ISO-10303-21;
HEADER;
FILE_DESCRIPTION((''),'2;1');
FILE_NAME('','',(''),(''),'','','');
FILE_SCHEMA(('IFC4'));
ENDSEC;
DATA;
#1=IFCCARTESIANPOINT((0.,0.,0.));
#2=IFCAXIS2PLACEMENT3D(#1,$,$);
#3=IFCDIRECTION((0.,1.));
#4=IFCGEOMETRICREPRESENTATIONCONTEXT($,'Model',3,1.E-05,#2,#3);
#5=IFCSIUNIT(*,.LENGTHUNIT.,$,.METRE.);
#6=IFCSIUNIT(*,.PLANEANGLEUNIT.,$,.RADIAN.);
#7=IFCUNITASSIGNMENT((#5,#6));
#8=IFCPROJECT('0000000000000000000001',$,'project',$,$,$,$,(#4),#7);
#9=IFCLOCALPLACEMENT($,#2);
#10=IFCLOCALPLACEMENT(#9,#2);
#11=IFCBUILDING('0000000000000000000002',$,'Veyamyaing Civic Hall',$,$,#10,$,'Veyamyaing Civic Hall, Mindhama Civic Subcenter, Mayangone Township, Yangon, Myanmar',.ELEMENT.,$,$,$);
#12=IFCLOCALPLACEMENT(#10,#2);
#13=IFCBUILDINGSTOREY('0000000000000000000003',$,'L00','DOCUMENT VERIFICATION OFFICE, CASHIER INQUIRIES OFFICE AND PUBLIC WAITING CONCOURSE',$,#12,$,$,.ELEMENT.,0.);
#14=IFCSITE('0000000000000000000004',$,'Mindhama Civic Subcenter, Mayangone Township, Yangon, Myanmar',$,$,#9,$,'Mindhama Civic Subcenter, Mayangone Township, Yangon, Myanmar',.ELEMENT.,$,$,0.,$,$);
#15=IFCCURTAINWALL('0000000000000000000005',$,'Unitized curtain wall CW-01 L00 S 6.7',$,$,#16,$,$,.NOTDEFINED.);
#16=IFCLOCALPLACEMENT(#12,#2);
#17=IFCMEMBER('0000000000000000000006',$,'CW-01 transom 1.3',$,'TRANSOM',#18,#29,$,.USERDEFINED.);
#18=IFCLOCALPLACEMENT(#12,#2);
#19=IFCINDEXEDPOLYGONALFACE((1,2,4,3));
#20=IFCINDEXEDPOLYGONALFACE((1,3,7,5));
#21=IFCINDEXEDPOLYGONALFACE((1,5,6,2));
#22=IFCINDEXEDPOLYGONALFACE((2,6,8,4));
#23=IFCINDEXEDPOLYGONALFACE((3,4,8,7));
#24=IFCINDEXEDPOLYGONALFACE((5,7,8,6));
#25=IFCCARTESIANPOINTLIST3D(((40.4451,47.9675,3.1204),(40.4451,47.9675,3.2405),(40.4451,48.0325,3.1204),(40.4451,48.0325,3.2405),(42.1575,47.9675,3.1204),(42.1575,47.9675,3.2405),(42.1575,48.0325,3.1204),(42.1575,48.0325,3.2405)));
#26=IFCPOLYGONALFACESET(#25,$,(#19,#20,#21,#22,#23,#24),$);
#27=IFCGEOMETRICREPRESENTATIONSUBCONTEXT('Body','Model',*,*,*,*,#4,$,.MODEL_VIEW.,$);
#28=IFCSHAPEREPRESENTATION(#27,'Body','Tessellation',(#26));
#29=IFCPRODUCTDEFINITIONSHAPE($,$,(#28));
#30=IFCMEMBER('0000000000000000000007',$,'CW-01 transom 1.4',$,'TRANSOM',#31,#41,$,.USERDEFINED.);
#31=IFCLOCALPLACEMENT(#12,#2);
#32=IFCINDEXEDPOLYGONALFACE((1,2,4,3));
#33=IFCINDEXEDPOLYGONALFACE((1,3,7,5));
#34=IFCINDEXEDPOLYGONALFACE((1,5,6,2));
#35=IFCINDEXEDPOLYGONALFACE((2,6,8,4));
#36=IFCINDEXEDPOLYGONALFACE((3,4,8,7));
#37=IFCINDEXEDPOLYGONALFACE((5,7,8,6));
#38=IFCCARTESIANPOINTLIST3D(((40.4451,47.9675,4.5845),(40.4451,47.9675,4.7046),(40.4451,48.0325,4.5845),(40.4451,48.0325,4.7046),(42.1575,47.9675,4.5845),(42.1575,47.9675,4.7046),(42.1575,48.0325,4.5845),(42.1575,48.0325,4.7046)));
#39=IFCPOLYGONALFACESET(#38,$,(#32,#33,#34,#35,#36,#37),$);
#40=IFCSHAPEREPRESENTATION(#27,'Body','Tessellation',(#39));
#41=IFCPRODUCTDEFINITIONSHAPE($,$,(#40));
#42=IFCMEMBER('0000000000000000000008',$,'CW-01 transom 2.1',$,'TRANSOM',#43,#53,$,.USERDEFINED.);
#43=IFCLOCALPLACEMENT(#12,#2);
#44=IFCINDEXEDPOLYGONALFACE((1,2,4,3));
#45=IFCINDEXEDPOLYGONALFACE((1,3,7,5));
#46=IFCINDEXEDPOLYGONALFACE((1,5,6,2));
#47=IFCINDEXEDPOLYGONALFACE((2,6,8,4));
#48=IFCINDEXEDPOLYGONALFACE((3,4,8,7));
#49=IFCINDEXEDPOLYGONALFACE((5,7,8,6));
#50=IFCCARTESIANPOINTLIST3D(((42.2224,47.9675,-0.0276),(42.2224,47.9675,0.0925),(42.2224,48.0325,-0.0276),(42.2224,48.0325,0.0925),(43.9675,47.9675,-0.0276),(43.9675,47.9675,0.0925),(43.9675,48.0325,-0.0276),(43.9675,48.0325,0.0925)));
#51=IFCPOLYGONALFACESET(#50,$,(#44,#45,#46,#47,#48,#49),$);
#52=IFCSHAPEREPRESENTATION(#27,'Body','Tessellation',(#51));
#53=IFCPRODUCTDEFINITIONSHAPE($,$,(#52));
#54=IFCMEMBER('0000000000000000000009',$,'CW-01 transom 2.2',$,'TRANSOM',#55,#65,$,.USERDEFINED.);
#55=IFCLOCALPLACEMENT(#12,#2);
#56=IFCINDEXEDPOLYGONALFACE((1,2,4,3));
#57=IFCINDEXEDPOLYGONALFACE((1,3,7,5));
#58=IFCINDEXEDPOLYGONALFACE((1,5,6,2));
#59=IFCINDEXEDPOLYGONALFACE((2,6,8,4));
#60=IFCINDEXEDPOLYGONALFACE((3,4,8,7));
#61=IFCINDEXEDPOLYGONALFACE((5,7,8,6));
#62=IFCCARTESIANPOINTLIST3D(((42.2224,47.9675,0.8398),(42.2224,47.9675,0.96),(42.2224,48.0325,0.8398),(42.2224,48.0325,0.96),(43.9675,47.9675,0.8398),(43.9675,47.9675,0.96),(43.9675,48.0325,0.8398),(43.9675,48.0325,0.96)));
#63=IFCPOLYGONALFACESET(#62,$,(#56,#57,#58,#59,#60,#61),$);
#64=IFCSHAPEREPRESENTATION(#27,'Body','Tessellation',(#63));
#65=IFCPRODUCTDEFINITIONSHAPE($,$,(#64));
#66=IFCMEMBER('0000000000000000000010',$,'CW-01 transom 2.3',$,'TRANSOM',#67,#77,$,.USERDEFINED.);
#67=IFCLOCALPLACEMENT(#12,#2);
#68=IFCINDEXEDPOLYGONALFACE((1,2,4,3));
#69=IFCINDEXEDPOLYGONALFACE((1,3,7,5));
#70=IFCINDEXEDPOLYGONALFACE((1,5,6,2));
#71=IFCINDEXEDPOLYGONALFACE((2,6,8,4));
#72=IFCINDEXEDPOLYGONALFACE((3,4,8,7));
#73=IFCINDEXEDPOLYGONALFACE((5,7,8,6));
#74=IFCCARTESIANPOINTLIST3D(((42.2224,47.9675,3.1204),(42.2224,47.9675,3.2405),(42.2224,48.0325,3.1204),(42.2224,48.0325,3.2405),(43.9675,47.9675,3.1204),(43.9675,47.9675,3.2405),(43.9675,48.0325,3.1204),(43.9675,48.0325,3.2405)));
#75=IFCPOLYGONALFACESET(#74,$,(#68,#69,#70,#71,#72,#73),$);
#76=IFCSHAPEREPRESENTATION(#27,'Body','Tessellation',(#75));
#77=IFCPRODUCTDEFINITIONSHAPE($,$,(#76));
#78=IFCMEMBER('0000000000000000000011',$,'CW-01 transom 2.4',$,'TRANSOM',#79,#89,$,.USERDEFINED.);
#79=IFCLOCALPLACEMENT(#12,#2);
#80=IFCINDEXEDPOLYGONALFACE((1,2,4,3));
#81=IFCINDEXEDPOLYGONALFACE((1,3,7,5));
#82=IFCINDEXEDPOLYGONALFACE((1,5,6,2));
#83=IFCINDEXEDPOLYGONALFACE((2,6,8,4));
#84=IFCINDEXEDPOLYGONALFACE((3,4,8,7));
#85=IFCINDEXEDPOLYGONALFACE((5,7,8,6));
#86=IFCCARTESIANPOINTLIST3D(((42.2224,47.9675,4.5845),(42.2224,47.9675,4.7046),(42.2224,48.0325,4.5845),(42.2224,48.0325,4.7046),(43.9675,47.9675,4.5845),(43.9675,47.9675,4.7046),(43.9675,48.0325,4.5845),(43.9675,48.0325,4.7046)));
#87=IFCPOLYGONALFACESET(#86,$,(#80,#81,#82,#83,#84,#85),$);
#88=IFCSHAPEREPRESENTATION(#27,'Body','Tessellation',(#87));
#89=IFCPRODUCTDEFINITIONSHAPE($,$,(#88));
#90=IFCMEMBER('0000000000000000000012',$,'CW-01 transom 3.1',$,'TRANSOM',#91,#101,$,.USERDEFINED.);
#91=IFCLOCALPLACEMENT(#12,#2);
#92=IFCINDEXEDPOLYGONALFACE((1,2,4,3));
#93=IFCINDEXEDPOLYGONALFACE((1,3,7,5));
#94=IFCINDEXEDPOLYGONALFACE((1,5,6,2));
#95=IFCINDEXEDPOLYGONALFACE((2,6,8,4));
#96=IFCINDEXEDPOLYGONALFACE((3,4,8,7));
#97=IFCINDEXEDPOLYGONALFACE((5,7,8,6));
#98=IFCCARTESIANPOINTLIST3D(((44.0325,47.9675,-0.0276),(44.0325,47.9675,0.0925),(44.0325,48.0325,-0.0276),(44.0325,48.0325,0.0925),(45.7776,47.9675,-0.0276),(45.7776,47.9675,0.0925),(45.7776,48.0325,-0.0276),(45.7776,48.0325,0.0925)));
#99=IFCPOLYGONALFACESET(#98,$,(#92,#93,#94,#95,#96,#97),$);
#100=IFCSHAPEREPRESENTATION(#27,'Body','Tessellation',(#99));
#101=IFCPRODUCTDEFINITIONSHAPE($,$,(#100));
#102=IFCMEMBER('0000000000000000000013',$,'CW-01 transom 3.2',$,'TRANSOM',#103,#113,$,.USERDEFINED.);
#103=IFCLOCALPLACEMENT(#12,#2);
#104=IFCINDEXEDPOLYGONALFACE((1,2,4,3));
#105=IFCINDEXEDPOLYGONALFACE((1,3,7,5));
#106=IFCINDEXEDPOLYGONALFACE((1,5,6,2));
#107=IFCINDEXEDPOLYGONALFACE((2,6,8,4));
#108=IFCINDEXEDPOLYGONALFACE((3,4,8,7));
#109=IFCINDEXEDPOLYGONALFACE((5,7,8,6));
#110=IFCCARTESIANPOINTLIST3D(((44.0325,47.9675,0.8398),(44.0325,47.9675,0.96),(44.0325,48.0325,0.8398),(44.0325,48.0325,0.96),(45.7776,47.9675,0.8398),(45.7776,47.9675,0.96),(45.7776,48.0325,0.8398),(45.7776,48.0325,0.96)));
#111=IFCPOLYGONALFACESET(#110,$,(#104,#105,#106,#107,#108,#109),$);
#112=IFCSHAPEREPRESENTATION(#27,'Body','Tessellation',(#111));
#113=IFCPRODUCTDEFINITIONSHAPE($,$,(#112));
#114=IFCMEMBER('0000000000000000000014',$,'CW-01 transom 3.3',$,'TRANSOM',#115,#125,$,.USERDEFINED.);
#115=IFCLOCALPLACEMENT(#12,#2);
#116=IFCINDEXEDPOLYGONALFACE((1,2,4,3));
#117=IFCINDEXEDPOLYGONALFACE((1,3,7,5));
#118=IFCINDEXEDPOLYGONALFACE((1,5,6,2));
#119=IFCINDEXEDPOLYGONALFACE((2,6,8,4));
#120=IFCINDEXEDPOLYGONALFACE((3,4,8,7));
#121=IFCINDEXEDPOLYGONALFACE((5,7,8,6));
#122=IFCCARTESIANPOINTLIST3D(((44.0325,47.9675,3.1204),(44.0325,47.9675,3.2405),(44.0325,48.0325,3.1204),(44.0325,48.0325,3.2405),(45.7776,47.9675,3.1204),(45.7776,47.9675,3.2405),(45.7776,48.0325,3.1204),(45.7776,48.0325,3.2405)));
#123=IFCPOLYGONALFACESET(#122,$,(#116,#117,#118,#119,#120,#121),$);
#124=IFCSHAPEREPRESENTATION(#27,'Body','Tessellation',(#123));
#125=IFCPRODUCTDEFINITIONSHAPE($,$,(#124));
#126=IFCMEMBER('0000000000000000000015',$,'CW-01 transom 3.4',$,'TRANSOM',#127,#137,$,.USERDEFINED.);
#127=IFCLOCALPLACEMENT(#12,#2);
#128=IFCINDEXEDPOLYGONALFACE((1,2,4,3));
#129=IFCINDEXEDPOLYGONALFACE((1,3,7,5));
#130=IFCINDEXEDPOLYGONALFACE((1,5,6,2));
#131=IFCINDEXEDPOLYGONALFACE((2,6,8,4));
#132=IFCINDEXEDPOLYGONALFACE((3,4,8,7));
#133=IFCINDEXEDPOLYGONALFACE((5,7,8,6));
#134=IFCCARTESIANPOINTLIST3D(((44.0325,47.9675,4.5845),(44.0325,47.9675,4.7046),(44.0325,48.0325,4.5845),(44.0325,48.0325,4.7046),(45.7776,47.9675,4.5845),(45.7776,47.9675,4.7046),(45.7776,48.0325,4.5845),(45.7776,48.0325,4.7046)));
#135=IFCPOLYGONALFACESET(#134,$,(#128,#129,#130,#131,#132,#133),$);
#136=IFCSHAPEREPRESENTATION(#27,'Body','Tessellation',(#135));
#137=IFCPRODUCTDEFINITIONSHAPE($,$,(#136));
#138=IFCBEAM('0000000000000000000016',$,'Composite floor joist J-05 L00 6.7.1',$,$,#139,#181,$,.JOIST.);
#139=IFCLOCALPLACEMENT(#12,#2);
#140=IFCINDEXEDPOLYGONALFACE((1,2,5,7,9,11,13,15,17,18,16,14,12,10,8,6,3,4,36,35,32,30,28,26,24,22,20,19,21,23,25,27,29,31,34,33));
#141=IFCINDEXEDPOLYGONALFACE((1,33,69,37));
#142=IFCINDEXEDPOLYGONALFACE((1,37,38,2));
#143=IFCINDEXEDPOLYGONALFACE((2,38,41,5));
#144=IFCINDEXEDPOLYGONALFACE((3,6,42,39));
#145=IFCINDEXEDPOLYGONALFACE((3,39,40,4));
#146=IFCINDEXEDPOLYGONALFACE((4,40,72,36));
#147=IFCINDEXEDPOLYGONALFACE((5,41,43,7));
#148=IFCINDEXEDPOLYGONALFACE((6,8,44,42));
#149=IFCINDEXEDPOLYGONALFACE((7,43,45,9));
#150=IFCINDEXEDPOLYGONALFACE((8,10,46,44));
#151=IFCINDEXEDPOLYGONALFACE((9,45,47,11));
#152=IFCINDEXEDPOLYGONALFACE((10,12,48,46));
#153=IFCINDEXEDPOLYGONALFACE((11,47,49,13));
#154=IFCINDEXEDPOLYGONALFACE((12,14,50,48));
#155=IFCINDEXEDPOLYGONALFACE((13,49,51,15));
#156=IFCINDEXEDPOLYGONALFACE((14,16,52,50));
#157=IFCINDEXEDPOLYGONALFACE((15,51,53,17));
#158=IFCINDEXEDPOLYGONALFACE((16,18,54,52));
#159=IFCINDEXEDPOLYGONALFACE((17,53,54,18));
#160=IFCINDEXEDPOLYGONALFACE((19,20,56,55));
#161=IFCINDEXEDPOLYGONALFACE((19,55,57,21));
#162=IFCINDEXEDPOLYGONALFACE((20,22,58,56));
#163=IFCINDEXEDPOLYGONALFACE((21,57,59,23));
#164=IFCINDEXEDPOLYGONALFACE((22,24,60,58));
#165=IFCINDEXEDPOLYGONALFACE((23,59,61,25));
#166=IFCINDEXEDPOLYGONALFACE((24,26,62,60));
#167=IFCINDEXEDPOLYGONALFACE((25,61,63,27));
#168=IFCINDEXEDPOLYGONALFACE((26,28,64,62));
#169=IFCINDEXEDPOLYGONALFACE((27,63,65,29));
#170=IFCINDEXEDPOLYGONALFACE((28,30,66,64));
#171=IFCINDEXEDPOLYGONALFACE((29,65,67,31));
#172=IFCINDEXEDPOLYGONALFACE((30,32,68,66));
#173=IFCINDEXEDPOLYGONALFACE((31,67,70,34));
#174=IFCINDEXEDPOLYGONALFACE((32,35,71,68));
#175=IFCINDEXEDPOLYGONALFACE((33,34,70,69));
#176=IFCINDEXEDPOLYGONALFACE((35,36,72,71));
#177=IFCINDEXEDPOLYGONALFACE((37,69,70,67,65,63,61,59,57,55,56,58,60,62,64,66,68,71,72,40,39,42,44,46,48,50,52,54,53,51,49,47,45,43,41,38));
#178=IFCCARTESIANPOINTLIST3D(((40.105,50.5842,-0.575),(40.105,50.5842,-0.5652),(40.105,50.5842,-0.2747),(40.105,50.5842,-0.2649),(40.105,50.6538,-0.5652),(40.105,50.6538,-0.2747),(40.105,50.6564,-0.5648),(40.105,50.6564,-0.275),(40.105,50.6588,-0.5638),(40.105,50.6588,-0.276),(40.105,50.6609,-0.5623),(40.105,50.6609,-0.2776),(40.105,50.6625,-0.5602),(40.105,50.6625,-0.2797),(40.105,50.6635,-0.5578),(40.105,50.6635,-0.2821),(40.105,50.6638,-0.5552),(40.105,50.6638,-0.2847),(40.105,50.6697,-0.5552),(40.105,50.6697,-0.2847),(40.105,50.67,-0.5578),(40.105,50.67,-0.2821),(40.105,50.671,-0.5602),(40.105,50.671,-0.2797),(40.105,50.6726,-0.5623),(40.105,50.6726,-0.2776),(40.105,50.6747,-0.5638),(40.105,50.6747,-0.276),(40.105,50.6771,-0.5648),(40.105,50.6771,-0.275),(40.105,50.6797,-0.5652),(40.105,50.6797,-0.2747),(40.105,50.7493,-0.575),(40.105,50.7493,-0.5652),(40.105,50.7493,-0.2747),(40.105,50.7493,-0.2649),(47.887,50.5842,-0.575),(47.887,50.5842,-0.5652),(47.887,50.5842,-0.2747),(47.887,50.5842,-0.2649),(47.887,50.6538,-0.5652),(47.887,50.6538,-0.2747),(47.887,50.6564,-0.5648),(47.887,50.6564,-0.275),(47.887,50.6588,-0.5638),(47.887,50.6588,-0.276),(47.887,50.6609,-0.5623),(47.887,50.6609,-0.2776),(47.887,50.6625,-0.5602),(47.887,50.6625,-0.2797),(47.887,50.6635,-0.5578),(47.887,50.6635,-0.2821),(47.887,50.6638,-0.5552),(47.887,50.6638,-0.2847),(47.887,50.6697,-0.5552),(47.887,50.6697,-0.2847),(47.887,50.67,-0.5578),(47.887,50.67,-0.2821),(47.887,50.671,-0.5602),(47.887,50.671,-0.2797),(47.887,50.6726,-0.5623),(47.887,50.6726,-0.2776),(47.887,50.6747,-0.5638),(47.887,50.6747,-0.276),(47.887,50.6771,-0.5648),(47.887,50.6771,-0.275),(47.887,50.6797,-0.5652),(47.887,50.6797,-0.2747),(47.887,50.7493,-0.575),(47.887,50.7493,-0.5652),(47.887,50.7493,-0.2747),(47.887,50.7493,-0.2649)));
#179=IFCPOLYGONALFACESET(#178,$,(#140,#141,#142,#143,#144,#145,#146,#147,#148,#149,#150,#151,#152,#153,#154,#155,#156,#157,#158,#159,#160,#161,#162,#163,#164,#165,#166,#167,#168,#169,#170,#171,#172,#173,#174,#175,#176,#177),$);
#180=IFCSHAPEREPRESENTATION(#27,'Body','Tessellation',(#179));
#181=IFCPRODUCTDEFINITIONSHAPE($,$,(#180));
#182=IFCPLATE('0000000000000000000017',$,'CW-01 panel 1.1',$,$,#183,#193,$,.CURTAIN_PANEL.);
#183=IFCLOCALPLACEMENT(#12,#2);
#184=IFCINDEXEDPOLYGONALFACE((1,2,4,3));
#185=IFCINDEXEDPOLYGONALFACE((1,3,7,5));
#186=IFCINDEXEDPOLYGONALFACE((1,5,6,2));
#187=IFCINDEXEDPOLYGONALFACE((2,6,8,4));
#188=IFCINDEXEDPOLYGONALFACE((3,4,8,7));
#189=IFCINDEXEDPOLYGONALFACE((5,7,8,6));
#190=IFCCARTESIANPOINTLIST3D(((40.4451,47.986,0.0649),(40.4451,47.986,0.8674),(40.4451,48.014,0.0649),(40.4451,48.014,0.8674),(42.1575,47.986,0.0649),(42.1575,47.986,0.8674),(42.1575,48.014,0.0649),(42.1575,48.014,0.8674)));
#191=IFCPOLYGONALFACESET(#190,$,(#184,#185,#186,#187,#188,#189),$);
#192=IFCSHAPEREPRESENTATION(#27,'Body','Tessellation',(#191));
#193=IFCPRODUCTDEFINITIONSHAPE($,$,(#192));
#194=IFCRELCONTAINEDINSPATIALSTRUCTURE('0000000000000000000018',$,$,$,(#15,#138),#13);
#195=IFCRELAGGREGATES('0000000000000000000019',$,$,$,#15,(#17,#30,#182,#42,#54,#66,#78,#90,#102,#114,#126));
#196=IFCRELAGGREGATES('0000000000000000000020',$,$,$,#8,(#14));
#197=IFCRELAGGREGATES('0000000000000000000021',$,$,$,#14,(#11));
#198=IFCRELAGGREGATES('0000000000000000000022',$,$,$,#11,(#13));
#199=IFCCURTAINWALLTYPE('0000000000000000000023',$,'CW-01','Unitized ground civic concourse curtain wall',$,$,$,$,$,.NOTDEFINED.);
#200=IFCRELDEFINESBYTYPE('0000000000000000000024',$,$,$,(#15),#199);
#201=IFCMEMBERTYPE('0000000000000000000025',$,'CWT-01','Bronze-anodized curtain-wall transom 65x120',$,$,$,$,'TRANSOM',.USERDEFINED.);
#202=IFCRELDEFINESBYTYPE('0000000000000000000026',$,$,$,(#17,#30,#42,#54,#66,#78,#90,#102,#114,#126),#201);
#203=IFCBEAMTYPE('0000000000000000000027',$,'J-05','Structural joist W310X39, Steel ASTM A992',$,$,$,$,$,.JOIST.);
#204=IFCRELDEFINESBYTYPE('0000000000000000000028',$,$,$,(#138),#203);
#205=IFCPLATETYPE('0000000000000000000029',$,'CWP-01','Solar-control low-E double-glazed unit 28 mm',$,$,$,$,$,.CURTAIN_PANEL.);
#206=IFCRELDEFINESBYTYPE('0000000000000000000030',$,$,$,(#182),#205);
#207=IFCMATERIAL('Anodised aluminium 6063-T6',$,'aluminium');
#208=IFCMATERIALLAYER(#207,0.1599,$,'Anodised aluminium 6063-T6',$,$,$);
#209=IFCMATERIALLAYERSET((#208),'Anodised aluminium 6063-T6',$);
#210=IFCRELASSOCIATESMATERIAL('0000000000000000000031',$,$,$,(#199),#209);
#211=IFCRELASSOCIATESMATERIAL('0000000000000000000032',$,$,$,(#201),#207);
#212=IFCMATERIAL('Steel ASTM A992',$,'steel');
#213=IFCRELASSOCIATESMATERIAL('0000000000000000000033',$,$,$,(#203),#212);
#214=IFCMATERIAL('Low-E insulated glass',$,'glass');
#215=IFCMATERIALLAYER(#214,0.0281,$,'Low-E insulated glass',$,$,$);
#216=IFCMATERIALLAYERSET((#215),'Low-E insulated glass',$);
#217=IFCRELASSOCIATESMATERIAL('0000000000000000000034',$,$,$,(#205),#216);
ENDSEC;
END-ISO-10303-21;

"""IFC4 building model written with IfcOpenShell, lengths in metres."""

from ifc_helpers import new_model, si_unit, direction, frame, origin, origin_2d, place, context, subcontext, project, spatial, rectangle, i_section, extrude, material, layer, layer_set, material_profile, profile_set, type_object, element, aggregate, save


model = new_model("IFC4")

# Units and contexts
model_context = context("Model", 3, precision=1e-05, world=origin(), true_north=direction((0.0, 1.0)))
body_context = subcontext(model_context, "Body", "Model", "MODEL_VIEW")
ifc_project = project(units=[si_unit("LENGTHUNIT", "METRE"), si_unit("PLANEANGLEUNIT", "RADIAN")], contexts=[model_context])

# Site, building, storey
site_placement = place(None, origin())
site = spatial("IfcSite", under=ifc_project, at=site_placement, Name="Mindhama Civic Subcenter, Mayangone Township, Yangon, Myanmar", LongName="Mindhama Civic Subcenter, Mayangone Township, Yangon, Myanmar", CompositionType="ELEMENT", RefElevation=0.0)
building_placement = place(site_placement, origin())
building = spatial("IfcBuilding", under=site, at=building_placement, Name="Veyamyaing Civic Hall", LongName="Veyamyaing Civic Hall, Mindhama Civic Subcenter, Mayangone Township, Yangon, Myanmar", CompositionType="ELEMENT")
storey_placement = place(building_placement, origin())
storey = spatial("IfcBuildingStorey", under=building, at=storey_placement, Name="L00", Description="DOCUMENT VERIFICATION OFFICE, CASHIER INQUIRIES OFFICE AND PUBLIC WAITING CONCOURSE", CompositionType="ELEMENT", Elevation=0.0)

# Shared definitions
ifc_material_1 = material(Name="Steel ASTM A992", Category="steel")

# Shared definitions
ifc_material_2 = material(Name="Anodised aluminium 6063-T6", Category="aluminium")
ifc_layer_1 = layer(ifc_material_2, 0.1599, Name="Anodised aluminium 6063-T6")
ifc_layer_set_1 = layer_set([ifc_layer_1], Name="Anodised aluminium 6063-T6")
curtain_wall_type = type_object("IfcCurtainWallType", Name="CW-01", Description="Unitized ground civic concourse curtain wall", PredefinedType="NOTDEFINED", material=ifc_layer_set_1)

# Curtain wall, members
curtain_wall_1_placement = place(storey_placement, origin())
curtain_wall_1 = element("IfcCurtainWall", 1, at=curtain_wall_1_placement, inside=storey, type_object=curtain_wall_type, Name="Unitized curtain wall CW-01 L00 S 6.7", PredefinedType="NOTDEFINED")
ifc_material_profile_1 = material_profile(ifc_material_2, rectangle(XDim=0.0649, YDim=0.1201, at=origin_2d()), Name="ALU-TRN-65X120")
ifc_profile_set_1 = profile_set([ifc_material_profile_1], Name="Anodised aluminium 6063-T6")
member_type_1 = type_object("IfcMemberType", Name="CWT-01", Description="Bronze-anodized curtain-wall transom 65x120", ElementType="TRANSOM", PredefinedType="USERDEFINED", material=ifc_profile_set_1)
member_1_placement = place(storey_placement, frame((40.4451, 48.0, 3.1804), z_axis=(1.0, 0.0, 0.0), x_axis=(0.0, 1.0, 0.0)))
member_1 = element("IfcMember", 2, at=member_1_placement, type_object=member_type_1, Name="CW-01 transom 1.3", ObjectType="TRANSOM", PredefinedType="USERDEFINED", context=body_context, shape_type="SweptSolid", body=[
    extrude(rectangle(XDim=0.0649, YDim=0.1201, at=origin_2d()), origin(), (0.0, 0.0, 1.0), 1.7124),
])
member_2_placement = place(storey_placement, frame((40.4451, 48.0, 4.6445), z_axis=(1.0, 0.0, 0.0), x_axis=(0.0, 1.0, 0.0)))
member_2 = element("IfcMember", 3, at=member_2_placement, type_object=member_type_1, Name="CW-01 transom 1.4", ObjectType="TRANSOM", PredefinedType="USERDEFINED", context=body_context, shape_type="SweptSolid", body=[
    extrude(rectangle(XDim=0.0649, YDim=0.1201, at=origin_2d()), origin(), (0.0, 0.0, 1.0), 1.7124),
])
member_3_placement = place(storey_placement, frame((42.2224, 48.0, 0.0325), z_axis=(1.0, 0.0, 0.0), x_axis=(0.0, 1.0, 0.0)))
member_3 = element("IfcMember", 4, at=member_3_placement, type_object=member_type_1, Name="CW-01 transom 2.1", ObjectType="TRANSOM", PredefinedType="USERDEFINED", context=body_context, shape_type="SweptSolid", body=[
    extrude(rectangle(XDim=0.0649, YDim=0.1201, at=origin_2d()), origin(), (0.0, 0.0, 1.0), 1.7451),
])
member_4_placement = place(storey_placement, frame((42.2224, 48.0, 0.8999), z_axis=(1.0, 0.0, 0.0), x_axis=(0.0, 1.0, 0.0)))
member_4 = element("IfcMember", 5, at=member_4_placement, type_object=member_type_1, Name="CW-01 transom 2.2", ObjectType="TRANSOM", PredefinedType="USERDEFINED", context=body_context, shape_type="SweptSolid", body=[
    extrude(rectangle(XDim=0.0649, YDim=0.1201, at=origin_2d()), origin(), (0.0, 0.0, 1.0), 1.7451),
])
member_5_placement = place(storey_placement, frame((42.2224, 48.0, 3.1804), z_axis=(1.0, 0.0, 0.0), x_axis=(0.0, 1.0, 0.0)))
member_5 = element("IfcMember", 6, at=member_5_placement, type_object=member_type_1, Name="CW-01 transom 2.3", ObjectType="TRANSOM", PredefinedType="USERDEFINED", context=body_context, shape_type="SweptSolid", body=[
    extrude(rectangle(XDim=0.0649, YDim=0.1201, at=origin_2d()), origin(), (0.0, 0.0, 1.0), 1.7451),
])
member_6_placement = place(storey_placement, frame((42.2224, 48.0, 4.6445), z_axis=(1.0, 0.0, 0.0), x_axis=(0.0, 1.0, 0.0)))
member_6 = element("IfcMember", 7, at=member_6_placement, type_object=member_type_1, Name="CW-01 transom 2.4", ObjectType="TRANSOM", PredefinedType="USERDEFINED", context=body_context, shape_type="SweptSolid", body=[
    extrude(rectangle(XDim=0.0649, YDim=0.1201, at=origin_2d()), origin(), (0.0, 0.0, 1.0), 1.7451),
])
member_7_placement = place(storey_placement, frame((44.0325, 48.0, 0.0325), z_axis=(1.0, 0.0, 0.0), x_axis=(0.0, 1.0, 0.0)))
member_7 = element("IfcMember", 8, at=member_7_placement, type_object=member_type_1, Name="CW-01 transom 3.1", ObjectType="TRANSOM", PredefinedType="USERDEFINED", context=body_context, shape_type="SweptSolid", body=[
    extrude(rectangle(XDim=0.0649, YDim=0.1201, at=origin_2d()), origin(), (0.0, 0.0, 1.0), 1.7451),
])
member_8_placement = place(storey_placement, frame((44.0325, 48.0, 0.8999), z_axis=(1.0, 0.0, 0.0), x_axis=(0.0, 1.0, 0.0)))
member_8 = element("IfcMember", 9, at=member_8_placement, type_object=member_type_1, Name="CW-01 transom 3.2", ObjectType="TRANSOM", PredefinedType="USERDEFINED", context=body_context, shape_type="SweptSolid", body=[
    extrude(rectangle(XDim=0.0649, YDim=0.1201, at=origin_2d()), origin(), (0.0, 0.0, 1.0), 1.7451),
])
member_9_placement = place(storey_placement, frame((44.0325, 48.0, 3.1804), z_axis=(1.0, 0.0, 0.0), x_axis=(0.0, 1.0, 0.0)))
member_9 = element("IfcMember", 10, at=member_9_placement, type_object=member_type_1, Name="CW-01 transom 3.3", ObjectType="TRANSOM", PredefinedType="USERDEFINED", context=body_context, shape_type="SweptSolid", body=[
    extrude(rectangle(XDim=0.0649, YDim=0.1201, at=origin_2d()), origin(), (0.0, 0.0, 1.0), 1.7451),
])
member_10_placement = place(storey_placement, frame((44.0325, 48.0, 4.6445), z_axis=(1.0, 0.0, 0.0), x_axis=(0.0, 1.0, 0.0)))
member_10 = element("IfcMember", 11, at=member_10_placement, type_object=member_type_1, Name="CW-01 transom 3.4", ObjectType="TRANSOM", PredefinedType="USERDEFINED", context=body_context, shape_type="SweptSolid", body=[
    extrude(rectangle(XDim=0.0649, YDim=0.1201, at=origin_2d()), origin(), (0.0, 0.0, 1.0), 1.7451),
])

# Beam
ifc_material_profile_2 = material_profile(ifc_material_1, i_section(OverallWidth=0.165, OverallDepth=0.3101, WebThickness=0.0059, FlangeThickness=0.0098, FilletRadius=0.01, at=origin_2d()), Name="W310X39")
ifc_profile_set_2 = profile_set([ifc_material_profile_2], Name="Steel ASTM A992")
beam_type_1 = type_object("IfcBeamType", Name="J-05", Description="Structural joist W310X39, Steel ASTM A992", PredefinedType="JOIST", material=ifc_profile_set_2)
beam_1_placement = place(storey_placement, frame((40.105, 50.6667, -0.4199), z_axis=(1.0, 0.0, 0.0), x_axis=(0.0, 1.0, 0.0)))
element("IfcBeam", 12, at=beam_1_placement, inside=storey, type_object=beam_type_1, Name="Composite floor joist J-05 L00 6.7.1", PredefinedType="JOIST", context=body_context, shape_type="SweptSolid", body=[
    extrude(i_section(OverallWidth=0.165, OverallDepth=0.3101, WebThickness=0.0059, FlangeThickness=0.0098, FilletRadius=0.01, at=origin_2d()), origin(), (0.0, 0.0, 1.0), 7.782),
])

# Plate
ifc_material_3 = material(Name="Low-E insulated glass", Category="glass")
ifc_layer_2 = layer(ifc_material_3, 0.0281, Name="Low-E insulated glass")
ifc_layer_set_2 = layer_set([ifc_layer_2], Name="Low-E insulated glass")
plate_type_1 = type_object("IfcPlateType", Name="CWP-01", Description="Solar-control low-E double-glazed unit 28 mm", PredefinedType="CURTAIN_PANEL", material=ifc_layer_set_2)
plate_1_placement = place(storey_placement, frame((41.3013, 48.0, 0.0649), z_axis=(0.0, 0.0, 1.0), x_axis=(1.0, 0.0, 0.0)))
plate_1 = element("IfcPlate", 13, at=plate_1_placement, type_object=plate_type_1, Name="CW-01 panel 1.1", PredefinedType="CURTAIN_PANEL", context=body_context, shape_type="SweptSolid", body=[
    extrude(rectangle(XDim=1.7124, YDim=0.0281, at=origin_2d()), origin(), (0.0, 0.0, 1.0), 0.8025),
])
aggregate(curtain_wall_1, [member_1, member_2, plate_1, member_3, member_4, member_5, member_6, member_7, member_8, member_9, member_10])

save(model, "model.ifc")
